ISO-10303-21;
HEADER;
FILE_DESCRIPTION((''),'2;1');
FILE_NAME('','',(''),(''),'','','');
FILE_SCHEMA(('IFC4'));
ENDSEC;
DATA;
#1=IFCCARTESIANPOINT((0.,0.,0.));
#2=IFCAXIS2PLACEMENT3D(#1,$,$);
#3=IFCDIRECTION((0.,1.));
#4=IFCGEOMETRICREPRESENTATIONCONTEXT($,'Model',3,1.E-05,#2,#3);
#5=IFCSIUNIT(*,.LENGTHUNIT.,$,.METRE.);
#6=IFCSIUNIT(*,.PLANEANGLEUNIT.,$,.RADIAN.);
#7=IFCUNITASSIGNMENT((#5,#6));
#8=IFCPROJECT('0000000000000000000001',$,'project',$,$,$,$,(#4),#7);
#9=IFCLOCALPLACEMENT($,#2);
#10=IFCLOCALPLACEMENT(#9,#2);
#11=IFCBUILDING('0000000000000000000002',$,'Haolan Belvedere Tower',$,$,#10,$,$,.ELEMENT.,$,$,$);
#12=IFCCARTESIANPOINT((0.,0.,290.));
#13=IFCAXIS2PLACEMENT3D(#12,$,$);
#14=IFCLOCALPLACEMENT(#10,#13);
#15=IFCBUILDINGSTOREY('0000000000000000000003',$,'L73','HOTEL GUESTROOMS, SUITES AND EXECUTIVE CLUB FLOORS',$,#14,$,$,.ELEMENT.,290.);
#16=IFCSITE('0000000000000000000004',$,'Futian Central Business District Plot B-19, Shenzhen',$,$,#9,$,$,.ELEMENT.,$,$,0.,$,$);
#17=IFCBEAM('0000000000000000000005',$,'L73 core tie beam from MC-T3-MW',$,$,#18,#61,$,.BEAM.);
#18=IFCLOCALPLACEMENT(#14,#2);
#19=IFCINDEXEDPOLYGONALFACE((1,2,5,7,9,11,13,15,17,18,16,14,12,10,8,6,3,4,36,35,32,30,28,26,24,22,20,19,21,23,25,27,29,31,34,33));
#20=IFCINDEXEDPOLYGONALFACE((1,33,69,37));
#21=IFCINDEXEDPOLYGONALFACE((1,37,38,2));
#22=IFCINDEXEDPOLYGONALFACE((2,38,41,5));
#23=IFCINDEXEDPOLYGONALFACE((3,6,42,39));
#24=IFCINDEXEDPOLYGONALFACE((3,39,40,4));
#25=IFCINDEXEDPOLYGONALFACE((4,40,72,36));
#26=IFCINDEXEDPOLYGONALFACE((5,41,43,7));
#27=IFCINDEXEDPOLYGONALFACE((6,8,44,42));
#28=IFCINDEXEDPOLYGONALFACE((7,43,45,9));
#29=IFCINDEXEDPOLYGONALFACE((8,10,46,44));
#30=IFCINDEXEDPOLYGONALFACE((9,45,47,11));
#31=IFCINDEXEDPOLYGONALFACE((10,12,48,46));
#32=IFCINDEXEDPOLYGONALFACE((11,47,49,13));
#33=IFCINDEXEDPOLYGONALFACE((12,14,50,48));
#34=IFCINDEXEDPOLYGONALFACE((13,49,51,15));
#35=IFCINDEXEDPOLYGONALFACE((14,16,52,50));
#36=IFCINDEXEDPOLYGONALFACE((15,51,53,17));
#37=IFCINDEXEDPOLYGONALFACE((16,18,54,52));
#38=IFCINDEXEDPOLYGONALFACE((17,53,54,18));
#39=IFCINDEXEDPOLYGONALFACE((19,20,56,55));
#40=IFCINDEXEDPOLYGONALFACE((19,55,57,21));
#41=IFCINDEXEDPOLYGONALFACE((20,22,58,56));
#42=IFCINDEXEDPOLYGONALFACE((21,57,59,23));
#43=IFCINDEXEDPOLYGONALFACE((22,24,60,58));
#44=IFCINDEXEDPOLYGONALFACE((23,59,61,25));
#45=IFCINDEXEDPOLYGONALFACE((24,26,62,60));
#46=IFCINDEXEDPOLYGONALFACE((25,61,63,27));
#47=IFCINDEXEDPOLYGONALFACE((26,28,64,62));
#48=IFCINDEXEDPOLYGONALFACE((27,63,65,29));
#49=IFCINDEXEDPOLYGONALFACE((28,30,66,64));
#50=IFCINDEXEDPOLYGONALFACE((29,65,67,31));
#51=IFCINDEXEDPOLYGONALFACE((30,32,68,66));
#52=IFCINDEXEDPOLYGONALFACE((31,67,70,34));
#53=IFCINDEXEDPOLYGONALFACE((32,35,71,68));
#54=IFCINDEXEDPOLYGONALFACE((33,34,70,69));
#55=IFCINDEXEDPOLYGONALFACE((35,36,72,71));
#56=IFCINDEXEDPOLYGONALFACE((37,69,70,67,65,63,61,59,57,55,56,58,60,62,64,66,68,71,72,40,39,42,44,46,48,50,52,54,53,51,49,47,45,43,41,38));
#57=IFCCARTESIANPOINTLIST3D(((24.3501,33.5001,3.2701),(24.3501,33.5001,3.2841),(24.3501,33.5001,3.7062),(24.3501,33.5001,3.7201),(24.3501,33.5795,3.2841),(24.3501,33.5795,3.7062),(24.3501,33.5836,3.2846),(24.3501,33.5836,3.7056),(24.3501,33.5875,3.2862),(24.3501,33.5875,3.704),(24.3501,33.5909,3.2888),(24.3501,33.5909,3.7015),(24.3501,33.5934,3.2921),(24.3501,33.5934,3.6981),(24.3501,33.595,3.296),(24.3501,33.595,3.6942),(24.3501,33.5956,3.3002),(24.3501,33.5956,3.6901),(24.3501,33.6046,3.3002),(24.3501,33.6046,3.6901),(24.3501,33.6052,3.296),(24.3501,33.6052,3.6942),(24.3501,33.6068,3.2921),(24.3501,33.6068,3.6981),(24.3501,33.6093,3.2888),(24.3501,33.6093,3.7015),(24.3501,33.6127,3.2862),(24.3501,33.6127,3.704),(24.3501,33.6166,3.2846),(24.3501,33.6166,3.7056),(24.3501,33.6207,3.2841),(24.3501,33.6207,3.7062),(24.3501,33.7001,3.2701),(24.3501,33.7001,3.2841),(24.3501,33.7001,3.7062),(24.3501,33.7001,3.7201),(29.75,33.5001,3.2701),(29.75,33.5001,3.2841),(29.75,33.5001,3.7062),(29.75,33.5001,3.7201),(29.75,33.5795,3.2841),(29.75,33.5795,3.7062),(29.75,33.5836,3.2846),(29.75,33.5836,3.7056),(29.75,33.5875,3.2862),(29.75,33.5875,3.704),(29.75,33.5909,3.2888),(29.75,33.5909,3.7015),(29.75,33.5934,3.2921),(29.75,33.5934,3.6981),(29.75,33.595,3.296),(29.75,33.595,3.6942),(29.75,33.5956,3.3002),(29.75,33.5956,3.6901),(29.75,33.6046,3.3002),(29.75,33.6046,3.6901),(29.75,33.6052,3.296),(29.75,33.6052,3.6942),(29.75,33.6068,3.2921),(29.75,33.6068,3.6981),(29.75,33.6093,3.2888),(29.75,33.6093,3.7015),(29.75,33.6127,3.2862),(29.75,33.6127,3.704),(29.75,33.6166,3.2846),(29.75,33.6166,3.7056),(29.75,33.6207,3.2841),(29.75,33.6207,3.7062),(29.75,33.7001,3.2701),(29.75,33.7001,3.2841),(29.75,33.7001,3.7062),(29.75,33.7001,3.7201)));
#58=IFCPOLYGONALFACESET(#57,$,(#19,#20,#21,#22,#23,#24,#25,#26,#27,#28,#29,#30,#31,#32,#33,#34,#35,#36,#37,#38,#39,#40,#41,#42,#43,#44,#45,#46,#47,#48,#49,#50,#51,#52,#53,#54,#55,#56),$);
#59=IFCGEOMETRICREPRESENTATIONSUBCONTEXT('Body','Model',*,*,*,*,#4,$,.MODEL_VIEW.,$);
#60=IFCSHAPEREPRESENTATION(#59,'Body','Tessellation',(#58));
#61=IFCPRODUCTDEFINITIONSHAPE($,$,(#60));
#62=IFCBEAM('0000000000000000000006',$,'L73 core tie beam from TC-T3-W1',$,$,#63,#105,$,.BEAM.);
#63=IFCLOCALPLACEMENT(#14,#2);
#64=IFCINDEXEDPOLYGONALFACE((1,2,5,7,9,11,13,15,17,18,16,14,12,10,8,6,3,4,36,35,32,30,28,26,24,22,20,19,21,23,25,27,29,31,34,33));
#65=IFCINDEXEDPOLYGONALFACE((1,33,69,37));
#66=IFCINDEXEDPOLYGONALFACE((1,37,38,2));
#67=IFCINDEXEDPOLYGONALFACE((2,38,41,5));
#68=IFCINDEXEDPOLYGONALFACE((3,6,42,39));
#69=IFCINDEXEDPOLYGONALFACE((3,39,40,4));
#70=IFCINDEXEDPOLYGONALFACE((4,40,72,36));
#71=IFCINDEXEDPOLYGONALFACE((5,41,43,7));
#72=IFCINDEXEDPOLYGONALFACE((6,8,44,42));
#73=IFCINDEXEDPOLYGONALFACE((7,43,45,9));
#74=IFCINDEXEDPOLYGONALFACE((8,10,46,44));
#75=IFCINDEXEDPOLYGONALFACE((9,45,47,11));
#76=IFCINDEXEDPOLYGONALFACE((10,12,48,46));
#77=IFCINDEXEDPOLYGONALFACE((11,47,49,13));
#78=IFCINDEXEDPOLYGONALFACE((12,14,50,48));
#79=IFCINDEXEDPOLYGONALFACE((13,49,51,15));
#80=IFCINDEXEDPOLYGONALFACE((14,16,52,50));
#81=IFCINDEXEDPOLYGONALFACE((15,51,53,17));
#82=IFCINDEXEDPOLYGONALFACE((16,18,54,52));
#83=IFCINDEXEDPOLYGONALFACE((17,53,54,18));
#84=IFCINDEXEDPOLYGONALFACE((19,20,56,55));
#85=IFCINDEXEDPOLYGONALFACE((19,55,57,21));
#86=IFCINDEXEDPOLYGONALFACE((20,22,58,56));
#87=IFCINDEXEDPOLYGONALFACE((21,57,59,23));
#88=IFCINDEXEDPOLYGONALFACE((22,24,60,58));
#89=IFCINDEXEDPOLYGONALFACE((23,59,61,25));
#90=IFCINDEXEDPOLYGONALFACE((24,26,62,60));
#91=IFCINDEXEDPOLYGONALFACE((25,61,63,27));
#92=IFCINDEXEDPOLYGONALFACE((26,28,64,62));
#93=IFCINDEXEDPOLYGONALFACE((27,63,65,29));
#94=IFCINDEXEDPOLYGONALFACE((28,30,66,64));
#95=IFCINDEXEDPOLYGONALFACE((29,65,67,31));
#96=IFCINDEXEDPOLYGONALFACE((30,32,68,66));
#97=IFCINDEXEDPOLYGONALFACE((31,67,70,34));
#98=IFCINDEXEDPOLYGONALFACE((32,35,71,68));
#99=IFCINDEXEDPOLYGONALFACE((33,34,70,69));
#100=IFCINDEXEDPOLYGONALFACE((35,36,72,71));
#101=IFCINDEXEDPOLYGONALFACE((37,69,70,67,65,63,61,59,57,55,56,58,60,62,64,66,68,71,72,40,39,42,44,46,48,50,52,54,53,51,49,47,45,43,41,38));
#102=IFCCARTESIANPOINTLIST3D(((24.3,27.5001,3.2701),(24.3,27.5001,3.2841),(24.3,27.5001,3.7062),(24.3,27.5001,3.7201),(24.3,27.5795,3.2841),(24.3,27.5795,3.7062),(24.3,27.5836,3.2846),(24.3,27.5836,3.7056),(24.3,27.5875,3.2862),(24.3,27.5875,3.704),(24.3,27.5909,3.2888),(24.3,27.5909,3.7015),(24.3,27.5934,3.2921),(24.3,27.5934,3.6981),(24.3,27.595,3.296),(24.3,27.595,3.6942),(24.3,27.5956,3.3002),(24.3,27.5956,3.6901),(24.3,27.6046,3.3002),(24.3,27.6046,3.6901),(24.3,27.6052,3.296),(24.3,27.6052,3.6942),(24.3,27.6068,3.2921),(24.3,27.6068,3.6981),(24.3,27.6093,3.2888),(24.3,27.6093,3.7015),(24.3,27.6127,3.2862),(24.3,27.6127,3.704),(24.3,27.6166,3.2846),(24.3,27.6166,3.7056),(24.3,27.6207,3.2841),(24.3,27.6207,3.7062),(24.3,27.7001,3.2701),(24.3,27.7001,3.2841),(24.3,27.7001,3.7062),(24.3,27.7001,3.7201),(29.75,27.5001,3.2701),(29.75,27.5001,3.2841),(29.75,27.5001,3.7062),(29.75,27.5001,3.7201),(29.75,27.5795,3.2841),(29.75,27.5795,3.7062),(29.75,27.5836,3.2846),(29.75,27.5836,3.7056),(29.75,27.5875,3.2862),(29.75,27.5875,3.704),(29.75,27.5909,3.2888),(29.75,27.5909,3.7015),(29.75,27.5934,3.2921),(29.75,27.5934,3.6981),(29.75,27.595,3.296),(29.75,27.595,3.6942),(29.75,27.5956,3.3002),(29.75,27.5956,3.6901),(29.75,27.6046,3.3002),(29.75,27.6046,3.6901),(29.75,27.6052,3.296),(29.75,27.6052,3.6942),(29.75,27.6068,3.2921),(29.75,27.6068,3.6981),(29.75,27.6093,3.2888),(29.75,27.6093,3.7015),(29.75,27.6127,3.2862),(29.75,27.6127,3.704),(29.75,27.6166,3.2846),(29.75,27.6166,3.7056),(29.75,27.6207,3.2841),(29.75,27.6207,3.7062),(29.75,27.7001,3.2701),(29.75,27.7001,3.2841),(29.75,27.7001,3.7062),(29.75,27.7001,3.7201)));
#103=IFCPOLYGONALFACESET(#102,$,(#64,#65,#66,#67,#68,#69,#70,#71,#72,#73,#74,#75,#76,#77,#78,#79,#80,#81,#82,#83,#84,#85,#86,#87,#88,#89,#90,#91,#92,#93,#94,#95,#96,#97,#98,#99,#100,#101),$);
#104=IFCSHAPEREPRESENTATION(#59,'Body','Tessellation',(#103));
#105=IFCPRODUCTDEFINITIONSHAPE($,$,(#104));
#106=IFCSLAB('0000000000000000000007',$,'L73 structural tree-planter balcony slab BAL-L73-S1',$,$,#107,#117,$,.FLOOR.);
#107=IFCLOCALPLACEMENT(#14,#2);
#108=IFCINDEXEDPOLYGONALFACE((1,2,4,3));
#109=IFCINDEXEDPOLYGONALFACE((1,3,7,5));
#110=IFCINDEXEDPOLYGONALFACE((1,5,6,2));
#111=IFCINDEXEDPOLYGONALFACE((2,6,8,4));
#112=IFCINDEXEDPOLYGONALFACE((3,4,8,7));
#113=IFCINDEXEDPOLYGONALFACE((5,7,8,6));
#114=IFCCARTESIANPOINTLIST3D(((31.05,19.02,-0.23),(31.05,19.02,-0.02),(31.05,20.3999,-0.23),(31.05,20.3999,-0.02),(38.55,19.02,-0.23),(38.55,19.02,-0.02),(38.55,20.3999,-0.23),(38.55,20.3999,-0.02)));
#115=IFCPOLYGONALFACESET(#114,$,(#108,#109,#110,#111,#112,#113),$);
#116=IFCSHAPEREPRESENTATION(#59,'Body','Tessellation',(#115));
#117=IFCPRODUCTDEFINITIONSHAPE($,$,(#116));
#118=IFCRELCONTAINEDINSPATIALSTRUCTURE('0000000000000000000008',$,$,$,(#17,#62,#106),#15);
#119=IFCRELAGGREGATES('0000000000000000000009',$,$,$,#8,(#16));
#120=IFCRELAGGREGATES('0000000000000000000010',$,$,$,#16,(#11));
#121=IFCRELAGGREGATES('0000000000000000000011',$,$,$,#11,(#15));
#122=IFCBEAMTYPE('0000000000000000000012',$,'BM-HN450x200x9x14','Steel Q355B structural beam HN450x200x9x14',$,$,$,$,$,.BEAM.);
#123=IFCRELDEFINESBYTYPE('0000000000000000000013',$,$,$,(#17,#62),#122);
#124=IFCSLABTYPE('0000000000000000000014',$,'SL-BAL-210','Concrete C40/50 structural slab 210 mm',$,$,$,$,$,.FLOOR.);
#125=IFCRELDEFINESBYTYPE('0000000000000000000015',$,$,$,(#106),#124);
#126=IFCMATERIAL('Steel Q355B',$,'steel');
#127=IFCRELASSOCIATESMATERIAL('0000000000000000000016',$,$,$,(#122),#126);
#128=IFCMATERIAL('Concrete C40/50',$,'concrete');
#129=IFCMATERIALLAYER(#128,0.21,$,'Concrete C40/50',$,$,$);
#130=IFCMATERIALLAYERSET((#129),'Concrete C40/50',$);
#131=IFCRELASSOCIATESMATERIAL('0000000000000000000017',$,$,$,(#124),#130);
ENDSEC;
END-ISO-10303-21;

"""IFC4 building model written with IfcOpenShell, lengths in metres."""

from ifc_helpers import new_model, si_unit, direction, frame, origin, origin_2d, place, context, subcontext, project, spatial, polyline, i_section, outline, extrude, material, layer, layer_set, material_profile, profile_set, type_object, element, save


model = new_model("IFC4")

# Units and contexts
model_context = context("Model", 3, precision=1e-05, world=origin(), true_north=direction((0.0, 1.0)))
body_context = subcontext(model_context, "Body", "Model", "MODEL_VIEW")
ifc_project = project(units=[si_unit("LENGTHUNIT", "METRE"), si_unit("PLANEANGLEUNIT", "RADIAN")], contexts=[model_context])

# Site, building, storey
site_placement = place(None, origin())
site = spatial("IfcSite", under=ifc_project, at=site_placement, Name="Futian Central Business District Plot B-19, Shenzhen", CompositionType="ELEMENT", RefElevation=0.0)
building_placement = place(site_placement, origin())
building = spatial("IfcBuilding", under=site, at=building_placement, Name="Haolan Belvedere Tower", CompositionType="ELEMENT")
storey_placement = place(building_placement, frame((0.0, 0.0, 290.0)))
storey = spatial("IfcBuildingStorey", under=building, at=storey_placement, Name="L73", Description="HOTEL GUESTROOMS, SUITES AND EXECUTIVE CLUB FLOORS", CompositionType="ELEMENT", Elevation=290.0)

# Beams
ifc_material_1 = material(Name="Steel Q355B", Category="steel")
ifc_material_profile_1 = material_profile(ifc_material_1, i_section(OverallWidth=0.2, OverallDepth=0.45, WebThickness=0.009, FlangeThickness=0.0139, FilletRadius=0.0161, at=origin_2d()), Name="Steel Q355B")
ifc_profile_set_1 = profile_set([ifc_material_profile_1], Name="Steel Q355B")
beam_type_1 = type_object("IfcBeamType", Name="BM-HN450x200x9x14", Description="Steel Q355B structural beam HN450x200x9x14", PredefinedType="BEAM", material=ifc_profile_set_1)
beam_1_placement = place(storey_placement, frame((24.3501, 33.6001, 3.4951), z_axis=(1.0, 0.0, 0.0), x_axis=(0.0, 1.0, 0.0)))
element("IfcBeam", 1, at=beam_1_placement, inside=storey, type_object=beam_type_1, Name="L73 core tie beam from MC-T3-MW", PredefinedType="BEAM", context=body_context, shape_type="SweptSolid", body=[
    extrude(i_section(OverallWidth=0.2, OverallDepth=0.45, WebThickness=0.009, FlangeThickness=0.0139, FilletRadius=0.0161, at=origin_2d()), origin(), (0.0, 0.0, 1.0), 5.3999),
])
beam_2_placement = place(storey_placement, frame((24.3, 27.6001, 3.4951), z_axis=(1.0, 0.0, 0.0), x_axis=(0.0, 1.0, 0.0)))
element("IfcBeam", 2, at=beam_2_placement, inside=storey, type_object=beam_type_1, Name="L73 core tie beam from TC-T3-W1", PredefinedType="BEAM", context=body_context, shape_type="SweptSolid", body=[
    extrude(i_section(OverallWidth=0.2, OverallDepth=0.45, WebThickness=0.009, FlangeThickness=0.0139, FilletRadius=0.0161, at=origin_2d()), origin(), (0.0, 0.0, 1.0), 5.45),
])

# Slab
ifc_material_2 = material(Name="Concrete C40/50", Category="concrete")
ifc_layer_1 = layer(ifc_material_2, 0.21, Name="Concrete C40/50")
ifc_layer_set_1 = layer_set([ifc_layer_1], Name="Concrete C40/50")
slab_type_1 = type_object("IfcSlabType", Name="SL-BAL-210", Description="Concrete C40/50 structural slab 210 mm", PredefinedType="FLOOR", material=ifc_layer_set_1)
slab_1_placement = place(storey_placement, frame((0.0, 0.0, -0.23)))
element("IfcSlab", 3, at=slab_1_placement, inside=storey, type_object=slab_type_1, Name="L73 structural tree-planter balcony slab BAL-L73-S1", PredefinedType="FLOOR", context=body_context, shape_type="SweptSolid", body=[
    extrude(outline(polyline([(31.05, 19.02), (38.55, 19.02), (38.55, 20.3999), (31.05, 20.3999), (31.05, 19.02)])), origin(), (0.0, 0.0, 1.0), 0.21),
])

save(model, "model.ifc")
